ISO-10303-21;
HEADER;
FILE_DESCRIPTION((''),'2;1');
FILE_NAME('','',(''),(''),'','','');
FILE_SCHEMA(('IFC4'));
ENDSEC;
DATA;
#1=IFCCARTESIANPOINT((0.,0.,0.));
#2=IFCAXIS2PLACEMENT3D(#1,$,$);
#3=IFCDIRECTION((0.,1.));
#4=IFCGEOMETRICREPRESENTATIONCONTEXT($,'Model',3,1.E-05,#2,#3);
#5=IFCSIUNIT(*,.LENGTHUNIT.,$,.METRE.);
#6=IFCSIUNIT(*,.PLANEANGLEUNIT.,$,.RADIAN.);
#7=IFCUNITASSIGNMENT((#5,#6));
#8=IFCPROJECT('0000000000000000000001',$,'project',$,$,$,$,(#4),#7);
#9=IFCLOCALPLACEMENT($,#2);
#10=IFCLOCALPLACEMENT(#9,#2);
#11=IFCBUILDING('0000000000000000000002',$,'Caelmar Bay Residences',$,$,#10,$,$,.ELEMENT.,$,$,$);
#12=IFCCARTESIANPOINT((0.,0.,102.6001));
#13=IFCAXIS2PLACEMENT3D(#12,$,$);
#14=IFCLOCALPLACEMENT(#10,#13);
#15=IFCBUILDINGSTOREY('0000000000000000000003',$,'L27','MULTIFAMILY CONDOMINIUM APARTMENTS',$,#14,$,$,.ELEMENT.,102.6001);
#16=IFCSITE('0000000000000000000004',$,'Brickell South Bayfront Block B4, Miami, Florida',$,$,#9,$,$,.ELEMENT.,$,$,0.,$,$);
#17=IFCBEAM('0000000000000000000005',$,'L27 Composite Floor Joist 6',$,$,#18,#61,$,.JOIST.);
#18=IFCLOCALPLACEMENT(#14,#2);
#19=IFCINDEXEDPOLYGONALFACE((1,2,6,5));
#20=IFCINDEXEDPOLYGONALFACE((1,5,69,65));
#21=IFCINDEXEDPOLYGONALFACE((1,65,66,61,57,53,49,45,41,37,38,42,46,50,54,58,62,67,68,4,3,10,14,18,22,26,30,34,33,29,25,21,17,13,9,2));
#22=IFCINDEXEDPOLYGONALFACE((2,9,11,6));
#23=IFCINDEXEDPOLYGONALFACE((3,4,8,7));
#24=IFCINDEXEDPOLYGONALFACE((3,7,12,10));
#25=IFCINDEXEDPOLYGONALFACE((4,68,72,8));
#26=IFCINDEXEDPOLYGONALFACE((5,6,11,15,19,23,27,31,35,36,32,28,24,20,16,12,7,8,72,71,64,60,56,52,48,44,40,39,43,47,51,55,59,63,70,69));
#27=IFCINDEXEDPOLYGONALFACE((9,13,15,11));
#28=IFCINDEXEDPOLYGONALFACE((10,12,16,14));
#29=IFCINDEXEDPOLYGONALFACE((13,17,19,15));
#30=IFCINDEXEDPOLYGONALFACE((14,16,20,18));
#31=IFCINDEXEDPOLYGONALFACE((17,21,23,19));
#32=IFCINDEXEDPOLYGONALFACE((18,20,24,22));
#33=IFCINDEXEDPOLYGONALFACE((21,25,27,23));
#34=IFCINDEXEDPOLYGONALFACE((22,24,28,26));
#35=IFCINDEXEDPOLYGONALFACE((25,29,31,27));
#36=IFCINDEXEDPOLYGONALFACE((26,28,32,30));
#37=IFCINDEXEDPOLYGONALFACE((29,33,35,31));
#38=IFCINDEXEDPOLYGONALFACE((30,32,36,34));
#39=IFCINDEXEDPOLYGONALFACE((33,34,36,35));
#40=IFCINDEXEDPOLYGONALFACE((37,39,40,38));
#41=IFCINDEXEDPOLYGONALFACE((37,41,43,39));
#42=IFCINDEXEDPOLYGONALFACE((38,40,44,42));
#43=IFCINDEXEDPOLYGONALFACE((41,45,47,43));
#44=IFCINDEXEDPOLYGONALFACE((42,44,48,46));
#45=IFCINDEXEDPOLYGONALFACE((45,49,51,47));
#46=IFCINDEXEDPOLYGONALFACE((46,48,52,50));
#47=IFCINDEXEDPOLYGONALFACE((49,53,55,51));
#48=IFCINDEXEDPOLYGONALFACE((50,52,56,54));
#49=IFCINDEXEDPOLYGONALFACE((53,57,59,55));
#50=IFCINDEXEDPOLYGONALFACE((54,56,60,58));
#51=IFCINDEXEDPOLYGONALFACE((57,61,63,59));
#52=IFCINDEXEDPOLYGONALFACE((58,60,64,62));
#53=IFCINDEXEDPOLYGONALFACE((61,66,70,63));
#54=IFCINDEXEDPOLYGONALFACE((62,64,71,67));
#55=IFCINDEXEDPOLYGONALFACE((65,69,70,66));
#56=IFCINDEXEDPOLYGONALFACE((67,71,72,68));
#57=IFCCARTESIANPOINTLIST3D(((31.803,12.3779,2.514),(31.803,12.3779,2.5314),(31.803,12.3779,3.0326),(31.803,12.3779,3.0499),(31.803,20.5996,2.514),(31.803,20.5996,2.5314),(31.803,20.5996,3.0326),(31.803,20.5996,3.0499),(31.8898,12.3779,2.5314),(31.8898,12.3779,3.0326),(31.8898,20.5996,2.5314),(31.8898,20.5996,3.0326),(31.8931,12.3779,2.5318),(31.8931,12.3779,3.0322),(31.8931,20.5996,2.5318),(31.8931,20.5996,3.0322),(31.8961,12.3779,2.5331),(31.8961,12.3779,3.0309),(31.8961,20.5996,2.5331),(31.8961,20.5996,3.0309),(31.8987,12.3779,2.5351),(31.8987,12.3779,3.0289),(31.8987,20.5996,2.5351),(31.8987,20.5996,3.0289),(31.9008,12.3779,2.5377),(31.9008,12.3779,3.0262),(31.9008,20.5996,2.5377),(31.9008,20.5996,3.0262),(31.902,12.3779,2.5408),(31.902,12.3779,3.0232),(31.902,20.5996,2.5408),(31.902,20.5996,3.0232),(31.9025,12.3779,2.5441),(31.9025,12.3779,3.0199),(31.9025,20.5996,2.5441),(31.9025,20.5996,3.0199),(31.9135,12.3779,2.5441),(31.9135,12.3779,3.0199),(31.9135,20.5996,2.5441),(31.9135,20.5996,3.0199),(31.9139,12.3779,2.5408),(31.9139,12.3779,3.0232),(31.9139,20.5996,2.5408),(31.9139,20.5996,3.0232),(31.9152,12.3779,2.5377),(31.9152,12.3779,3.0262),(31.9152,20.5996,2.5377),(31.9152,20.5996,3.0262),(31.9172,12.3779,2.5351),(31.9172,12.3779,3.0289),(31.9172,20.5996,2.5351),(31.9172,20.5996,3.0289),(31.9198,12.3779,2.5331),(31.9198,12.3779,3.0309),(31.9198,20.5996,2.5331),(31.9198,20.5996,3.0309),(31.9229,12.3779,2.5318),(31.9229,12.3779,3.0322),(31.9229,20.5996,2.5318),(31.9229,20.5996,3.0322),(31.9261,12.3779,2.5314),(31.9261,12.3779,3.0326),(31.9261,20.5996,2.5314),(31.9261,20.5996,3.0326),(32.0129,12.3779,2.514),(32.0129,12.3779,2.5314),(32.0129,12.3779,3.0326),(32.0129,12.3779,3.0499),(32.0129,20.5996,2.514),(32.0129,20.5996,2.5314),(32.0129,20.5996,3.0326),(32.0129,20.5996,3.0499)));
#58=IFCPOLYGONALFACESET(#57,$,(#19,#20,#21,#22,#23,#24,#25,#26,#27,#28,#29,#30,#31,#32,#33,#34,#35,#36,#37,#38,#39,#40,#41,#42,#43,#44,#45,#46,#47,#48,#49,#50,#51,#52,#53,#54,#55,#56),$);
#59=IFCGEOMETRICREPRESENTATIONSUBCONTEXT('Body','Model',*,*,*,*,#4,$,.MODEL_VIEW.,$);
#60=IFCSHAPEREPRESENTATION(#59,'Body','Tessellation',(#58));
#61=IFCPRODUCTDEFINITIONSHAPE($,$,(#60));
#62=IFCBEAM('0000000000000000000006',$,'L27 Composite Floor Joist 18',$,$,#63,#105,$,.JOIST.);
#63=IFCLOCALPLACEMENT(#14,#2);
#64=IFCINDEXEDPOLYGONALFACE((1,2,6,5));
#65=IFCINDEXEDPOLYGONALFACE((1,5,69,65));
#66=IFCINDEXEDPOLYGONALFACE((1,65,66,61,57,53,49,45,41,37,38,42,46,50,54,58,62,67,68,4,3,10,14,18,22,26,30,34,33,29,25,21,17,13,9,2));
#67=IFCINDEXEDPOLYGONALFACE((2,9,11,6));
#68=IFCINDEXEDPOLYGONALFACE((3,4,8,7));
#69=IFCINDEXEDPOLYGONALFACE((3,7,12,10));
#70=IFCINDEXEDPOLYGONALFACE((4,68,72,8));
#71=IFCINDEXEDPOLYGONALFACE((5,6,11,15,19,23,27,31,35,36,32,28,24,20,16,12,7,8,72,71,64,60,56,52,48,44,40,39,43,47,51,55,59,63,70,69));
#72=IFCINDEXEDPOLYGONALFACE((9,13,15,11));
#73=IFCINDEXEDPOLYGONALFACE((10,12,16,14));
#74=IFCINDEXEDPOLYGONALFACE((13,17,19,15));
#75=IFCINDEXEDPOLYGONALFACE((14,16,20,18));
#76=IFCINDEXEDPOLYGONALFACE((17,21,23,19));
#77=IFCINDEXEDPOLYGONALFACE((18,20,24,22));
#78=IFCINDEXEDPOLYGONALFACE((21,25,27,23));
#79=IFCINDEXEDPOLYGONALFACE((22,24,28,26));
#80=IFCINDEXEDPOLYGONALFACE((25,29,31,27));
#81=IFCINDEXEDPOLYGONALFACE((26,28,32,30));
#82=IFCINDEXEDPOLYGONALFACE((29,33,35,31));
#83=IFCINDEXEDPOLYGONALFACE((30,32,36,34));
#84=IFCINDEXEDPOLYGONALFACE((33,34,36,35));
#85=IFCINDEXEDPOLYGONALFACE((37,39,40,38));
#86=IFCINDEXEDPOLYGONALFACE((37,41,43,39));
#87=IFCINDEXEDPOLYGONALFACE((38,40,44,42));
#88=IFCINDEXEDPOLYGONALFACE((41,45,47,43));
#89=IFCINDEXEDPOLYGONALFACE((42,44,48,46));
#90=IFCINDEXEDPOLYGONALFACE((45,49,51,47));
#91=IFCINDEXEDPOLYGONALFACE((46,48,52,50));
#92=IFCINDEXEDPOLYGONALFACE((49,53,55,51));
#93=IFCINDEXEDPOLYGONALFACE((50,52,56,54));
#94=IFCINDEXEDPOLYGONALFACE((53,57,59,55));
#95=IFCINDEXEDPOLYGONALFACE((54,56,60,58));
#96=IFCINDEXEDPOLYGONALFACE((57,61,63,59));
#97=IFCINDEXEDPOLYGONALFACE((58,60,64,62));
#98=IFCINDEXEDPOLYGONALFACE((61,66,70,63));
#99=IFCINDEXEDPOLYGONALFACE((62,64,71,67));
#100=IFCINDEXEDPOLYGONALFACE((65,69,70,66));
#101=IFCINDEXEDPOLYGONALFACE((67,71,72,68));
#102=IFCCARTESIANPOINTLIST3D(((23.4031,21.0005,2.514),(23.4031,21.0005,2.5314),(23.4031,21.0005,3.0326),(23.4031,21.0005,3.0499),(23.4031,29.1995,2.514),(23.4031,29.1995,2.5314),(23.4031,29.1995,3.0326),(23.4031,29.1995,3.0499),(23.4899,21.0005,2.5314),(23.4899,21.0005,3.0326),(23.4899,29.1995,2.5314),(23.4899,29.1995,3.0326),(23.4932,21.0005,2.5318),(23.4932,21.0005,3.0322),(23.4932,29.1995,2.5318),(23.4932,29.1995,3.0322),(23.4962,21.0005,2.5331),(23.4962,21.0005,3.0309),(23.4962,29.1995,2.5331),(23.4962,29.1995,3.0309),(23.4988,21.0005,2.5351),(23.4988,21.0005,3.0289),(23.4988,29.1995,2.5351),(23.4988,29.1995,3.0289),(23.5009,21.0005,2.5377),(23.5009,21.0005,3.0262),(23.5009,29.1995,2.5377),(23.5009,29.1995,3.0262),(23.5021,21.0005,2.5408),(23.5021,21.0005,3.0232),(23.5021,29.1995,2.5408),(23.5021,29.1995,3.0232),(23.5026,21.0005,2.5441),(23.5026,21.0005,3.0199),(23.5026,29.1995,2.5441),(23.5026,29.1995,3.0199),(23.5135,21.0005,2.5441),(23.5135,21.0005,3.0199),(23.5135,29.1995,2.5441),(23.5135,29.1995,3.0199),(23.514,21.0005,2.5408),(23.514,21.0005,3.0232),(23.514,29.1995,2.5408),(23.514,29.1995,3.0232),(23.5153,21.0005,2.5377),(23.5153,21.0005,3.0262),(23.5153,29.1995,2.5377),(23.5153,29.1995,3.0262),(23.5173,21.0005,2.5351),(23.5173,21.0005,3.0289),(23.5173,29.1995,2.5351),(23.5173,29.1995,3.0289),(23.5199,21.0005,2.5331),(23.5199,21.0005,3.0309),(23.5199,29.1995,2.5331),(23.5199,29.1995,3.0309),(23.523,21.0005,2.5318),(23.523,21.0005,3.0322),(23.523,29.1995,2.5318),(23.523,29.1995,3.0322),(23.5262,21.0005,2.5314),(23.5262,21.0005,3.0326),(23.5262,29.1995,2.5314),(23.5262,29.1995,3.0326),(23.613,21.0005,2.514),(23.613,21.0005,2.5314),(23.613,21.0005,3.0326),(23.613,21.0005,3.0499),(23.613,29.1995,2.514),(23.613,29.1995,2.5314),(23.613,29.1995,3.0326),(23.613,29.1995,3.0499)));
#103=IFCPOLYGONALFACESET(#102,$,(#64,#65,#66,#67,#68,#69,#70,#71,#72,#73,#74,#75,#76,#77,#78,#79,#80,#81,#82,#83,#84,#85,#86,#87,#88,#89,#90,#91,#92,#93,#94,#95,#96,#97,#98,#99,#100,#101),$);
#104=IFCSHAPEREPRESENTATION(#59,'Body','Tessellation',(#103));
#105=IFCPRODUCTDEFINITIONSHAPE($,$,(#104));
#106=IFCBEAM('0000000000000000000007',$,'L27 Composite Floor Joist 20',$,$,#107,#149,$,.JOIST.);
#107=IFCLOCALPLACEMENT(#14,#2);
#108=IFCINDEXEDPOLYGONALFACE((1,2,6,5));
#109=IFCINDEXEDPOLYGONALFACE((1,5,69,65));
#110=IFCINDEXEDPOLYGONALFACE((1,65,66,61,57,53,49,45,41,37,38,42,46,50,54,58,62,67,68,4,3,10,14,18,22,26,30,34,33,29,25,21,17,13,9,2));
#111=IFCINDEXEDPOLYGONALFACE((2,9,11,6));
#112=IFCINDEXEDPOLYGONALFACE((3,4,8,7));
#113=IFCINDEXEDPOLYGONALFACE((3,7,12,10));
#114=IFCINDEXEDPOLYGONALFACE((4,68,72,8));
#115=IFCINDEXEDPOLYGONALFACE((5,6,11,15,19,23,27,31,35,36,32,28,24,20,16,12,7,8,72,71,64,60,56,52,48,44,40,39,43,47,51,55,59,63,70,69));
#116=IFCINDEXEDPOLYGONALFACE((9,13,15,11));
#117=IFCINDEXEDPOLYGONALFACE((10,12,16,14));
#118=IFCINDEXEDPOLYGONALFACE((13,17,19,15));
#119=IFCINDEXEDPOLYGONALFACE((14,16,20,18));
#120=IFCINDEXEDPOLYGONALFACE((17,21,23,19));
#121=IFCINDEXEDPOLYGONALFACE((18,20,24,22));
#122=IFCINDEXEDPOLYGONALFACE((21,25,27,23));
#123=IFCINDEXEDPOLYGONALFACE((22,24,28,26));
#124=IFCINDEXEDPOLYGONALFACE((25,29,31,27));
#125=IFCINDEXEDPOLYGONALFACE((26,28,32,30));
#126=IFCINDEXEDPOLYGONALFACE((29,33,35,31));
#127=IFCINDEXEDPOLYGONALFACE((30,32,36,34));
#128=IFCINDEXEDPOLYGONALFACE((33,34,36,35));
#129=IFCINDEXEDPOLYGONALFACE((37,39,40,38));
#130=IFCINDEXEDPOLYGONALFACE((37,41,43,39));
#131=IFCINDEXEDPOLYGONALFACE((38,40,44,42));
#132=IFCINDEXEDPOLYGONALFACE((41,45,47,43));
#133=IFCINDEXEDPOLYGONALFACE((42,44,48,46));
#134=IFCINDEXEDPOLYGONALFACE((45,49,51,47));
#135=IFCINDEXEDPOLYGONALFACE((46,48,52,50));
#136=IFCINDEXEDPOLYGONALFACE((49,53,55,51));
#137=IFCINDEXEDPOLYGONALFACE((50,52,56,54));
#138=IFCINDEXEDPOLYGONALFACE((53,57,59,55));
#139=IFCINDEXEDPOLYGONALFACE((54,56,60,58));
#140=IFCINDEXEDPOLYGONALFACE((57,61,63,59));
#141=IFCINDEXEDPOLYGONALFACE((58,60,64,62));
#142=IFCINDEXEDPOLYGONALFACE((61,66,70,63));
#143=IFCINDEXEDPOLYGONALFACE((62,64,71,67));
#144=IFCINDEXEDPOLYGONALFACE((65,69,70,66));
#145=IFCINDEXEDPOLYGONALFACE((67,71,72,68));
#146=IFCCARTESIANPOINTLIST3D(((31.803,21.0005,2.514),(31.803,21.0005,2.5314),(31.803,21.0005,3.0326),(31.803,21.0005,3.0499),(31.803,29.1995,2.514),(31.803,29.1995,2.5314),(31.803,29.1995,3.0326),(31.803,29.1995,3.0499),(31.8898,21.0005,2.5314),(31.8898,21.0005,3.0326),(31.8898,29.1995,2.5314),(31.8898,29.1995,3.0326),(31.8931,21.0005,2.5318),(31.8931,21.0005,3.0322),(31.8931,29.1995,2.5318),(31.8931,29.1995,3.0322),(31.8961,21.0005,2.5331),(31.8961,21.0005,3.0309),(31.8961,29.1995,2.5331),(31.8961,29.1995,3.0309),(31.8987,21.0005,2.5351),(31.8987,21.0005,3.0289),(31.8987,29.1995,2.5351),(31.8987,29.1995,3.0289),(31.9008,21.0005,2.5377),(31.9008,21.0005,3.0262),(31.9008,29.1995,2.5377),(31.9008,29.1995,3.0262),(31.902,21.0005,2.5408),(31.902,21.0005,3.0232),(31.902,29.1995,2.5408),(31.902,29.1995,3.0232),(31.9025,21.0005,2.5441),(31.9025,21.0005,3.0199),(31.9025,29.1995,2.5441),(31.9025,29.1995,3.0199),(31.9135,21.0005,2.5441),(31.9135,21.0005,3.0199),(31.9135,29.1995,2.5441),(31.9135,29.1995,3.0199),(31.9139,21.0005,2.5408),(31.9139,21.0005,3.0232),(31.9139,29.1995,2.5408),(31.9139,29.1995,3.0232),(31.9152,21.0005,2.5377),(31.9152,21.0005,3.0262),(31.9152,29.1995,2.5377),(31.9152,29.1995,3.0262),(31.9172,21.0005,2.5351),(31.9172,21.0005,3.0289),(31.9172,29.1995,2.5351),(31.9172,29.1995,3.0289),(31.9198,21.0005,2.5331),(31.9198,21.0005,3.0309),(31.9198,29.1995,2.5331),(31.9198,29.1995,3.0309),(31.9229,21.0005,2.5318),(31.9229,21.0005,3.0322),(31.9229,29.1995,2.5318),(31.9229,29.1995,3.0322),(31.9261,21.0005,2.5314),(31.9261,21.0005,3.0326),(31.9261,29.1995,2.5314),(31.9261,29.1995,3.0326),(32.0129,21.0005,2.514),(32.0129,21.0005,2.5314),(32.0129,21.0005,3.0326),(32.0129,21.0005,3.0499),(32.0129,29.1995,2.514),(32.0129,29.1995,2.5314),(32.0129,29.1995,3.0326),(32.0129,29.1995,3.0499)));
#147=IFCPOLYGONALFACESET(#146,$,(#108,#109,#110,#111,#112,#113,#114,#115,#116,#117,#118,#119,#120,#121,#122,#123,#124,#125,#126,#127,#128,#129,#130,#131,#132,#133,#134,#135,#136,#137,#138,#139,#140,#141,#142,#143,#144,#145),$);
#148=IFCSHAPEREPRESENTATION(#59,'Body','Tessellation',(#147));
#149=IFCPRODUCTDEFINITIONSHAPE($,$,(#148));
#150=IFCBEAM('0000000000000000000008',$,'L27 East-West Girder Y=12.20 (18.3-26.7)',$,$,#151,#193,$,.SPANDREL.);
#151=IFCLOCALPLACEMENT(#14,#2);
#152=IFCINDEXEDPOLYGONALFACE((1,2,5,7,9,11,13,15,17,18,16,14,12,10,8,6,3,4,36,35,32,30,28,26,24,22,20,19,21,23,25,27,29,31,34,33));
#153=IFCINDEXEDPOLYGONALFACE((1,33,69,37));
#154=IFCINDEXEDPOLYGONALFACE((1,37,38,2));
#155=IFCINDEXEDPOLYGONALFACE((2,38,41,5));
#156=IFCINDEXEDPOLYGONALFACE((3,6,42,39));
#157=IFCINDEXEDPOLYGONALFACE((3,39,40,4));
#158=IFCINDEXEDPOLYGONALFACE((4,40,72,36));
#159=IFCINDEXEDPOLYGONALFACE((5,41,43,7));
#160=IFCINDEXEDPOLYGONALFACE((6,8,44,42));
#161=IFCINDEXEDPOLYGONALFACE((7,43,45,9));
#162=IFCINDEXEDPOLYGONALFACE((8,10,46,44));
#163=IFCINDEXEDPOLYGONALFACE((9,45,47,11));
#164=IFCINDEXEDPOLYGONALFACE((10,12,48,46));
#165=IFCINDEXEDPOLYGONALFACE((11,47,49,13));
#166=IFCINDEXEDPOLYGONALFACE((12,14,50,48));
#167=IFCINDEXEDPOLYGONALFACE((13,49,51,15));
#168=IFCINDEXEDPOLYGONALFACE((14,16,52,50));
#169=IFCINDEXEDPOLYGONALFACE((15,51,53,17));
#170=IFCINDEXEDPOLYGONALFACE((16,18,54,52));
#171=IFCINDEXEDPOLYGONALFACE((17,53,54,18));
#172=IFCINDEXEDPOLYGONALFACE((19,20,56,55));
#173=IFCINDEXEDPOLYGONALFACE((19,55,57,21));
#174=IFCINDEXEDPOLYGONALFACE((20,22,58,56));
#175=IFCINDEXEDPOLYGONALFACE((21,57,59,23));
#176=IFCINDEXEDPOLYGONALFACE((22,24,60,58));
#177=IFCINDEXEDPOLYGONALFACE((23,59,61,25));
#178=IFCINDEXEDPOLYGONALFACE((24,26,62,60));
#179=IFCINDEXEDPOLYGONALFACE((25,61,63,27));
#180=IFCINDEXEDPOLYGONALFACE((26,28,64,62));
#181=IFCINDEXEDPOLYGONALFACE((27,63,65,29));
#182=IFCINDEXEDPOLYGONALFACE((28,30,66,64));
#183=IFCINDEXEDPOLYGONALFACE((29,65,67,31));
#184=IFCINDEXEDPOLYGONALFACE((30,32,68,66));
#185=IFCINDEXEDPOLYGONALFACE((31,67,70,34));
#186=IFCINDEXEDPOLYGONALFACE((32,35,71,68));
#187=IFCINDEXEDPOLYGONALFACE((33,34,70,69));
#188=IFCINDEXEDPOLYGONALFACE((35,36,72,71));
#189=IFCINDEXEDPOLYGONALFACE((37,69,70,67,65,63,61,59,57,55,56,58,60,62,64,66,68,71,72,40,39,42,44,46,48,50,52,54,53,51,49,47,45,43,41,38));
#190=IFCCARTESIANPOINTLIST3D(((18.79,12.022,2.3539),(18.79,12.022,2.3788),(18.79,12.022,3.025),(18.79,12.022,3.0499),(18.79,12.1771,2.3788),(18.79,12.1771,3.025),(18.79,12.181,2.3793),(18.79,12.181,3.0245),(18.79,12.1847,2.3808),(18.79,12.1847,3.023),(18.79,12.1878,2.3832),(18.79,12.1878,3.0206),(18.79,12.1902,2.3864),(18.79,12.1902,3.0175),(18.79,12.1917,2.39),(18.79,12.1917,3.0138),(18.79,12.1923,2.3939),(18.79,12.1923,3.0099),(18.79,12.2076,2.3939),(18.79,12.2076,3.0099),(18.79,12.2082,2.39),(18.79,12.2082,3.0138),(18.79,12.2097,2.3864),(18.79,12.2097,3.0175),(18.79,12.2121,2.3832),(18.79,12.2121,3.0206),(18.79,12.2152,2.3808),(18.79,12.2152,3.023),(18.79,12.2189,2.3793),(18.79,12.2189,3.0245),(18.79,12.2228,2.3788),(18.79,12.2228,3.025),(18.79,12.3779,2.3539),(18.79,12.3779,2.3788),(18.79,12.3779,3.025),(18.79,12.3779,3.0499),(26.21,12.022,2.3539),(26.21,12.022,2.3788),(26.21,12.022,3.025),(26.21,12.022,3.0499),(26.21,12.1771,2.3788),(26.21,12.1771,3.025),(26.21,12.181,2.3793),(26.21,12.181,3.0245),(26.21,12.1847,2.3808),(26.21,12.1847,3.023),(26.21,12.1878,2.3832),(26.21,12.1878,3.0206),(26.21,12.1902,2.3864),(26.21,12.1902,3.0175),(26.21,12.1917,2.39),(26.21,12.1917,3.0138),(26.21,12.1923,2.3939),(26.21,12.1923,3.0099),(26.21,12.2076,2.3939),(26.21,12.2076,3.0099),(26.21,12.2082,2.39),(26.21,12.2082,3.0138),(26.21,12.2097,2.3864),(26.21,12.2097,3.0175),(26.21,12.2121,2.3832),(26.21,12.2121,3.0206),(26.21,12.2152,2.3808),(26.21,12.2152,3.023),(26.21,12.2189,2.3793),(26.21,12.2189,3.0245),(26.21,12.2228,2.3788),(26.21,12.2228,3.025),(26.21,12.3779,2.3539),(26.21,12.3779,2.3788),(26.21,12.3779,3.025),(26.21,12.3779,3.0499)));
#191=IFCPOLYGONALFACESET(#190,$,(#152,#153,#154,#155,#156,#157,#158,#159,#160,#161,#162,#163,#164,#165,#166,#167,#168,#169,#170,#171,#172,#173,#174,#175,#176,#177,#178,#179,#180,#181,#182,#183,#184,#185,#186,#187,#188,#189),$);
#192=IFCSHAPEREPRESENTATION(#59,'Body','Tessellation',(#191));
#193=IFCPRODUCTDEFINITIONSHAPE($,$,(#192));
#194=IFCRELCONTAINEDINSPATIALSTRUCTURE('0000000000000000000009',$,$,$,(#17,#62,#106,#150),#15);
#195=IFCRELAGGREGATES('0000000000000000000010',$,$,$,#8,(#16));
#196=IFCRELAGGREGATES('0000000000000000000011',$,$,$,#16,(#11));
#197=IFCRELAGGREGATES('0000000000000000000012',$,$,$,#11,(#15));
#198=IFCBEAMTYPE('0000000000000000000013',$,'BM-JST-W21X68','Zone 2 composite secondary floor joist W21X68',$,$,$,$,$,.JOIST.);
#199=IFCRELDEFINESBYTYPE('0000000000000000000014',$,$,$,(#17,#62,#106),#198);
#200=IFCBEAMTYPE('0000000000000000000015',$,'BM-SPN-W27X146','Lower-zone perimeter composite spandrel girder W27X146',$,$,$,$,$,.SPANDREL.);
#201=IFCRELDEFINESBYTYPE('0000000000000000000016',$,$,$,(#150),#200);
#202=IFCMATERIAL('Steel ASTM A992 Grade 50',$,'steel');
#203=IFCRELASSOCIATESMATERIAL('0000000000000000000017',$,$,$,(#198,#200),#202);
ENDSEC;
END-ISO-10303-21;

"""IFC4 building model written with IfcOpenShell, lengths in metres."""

from ifc_helpers import new_model, si_unit, direction, frame, origin, origin_2d, place, context, subcontext, project, spatial, i_section, extrude, material, material_profile, profile_set, type_object, element, save


model = new_model("IFC4")

# Units and contexts
model_context = context("Model", 3, precision=1e-05, world=origin(), true_north=direction((0.0, 1.0)))
body_context = subcontext(model_context, "Body", "Model", "MODEL_VIEW")
ifc_project = project(units=[si_unit("LENGTHUNIT", "METRE"), si_unit("PLANEANGLEUNIT", "RADIAN")], contexts=[model_context])

# Site, building, storey
site_placement = place(None, origin())
site = spatial("IfcSite", under=ifc_project, at=site_placement, Name="Brickell South Bayfront Block B4, Miami, Florida", CompositionType="ELEMENT", RefElevation=0.0)
building_placement = place(site_placement, origin())
building = spatial("IfcBuilding", under=site, at=building_placement, Name="Caelmar Bay Residences", CompositionType="ELEMENT")
storey_placement = place(building_placement, frame((0.0, 0.0, 102.6001)))
storey = spatial("IfcBuildingStorey", under=building, at=storey_placement, Name="L27", Description="MULTIFAMILY CONDOMINIUM APARTMENTS", CompositionType="ELEMENT", Elevation=102.6001)

# Beams
ifc_material_1 = material(Name="Steel ASTM A992 Grade 50", Category="steel")
ifc_material_profile_1 = material_profile(ifc_material_1, i_section(OverallWidth=0.21, OverallDepth=0.5359, WebThickness=0.011, FlangeThickness=0.0173, FilletRadius=0.0127, at=origin_2d()), Name="W21X68")
ifc_profile_set_1 = profile_set([ifc_material_profile_1], Name="Steel ASTM A992 Grade 50")
beam_type_1 = type_object("IfcBeamType", Name="BM-JST-W21X68", Description="Zone 2 composite secondary floor joist W21X68", PredefinedType="JOIST", material=ifc_profile_set_1)
for number, where, z_axis, x_axis, name in (
    (1, (31.908, 12.3779, 2.782), (0.0, 1.0, 0.0), (-1.0, 0.0, 0.0), "L27 Composite Floor Joist 6"),
):
    element("IfcBeam", number, at=place(storey_placement, frame(where, z_axis=z_axis, x_axis=x_axis)), inside=storey, type_object=beam_type_1, Name=name, PredefinedType="JOIST", context=body_context, shape_type="SweptSolid", body=[
        extrude(i_section(OverallWidth=0.21, OverallDepth=0.5359, WebThickness=0.011, FlangeThickness=0.0173, FilletRadius=0.0127, at=origin_2d()), origin(), (0.0, 0.0, 1.0), 8.2217),
    ])
for number, where, z_axis, x_axis, name in (
    (2, (23.5081, 21.0005, 2.782), (0.0, 1.0, 0.0), (-1.0, 0.0, 0.0), "L27 Composite Floor Joist 18"),
    (3, (31.908, 21.0005, 2.782), (0.0, 1.0, 0.0), (-1.0, 0.0, 0.0), "L27 Composite Floor Joist 20"),
):
    element("IfcBeam", number, at=place(storey_placement, frame(where, z_axis=z_axis, x_axis=x_axis)), inside=storey, type_object=beam_type_1, Name=name, PredefinedType="JOIST", context=body_context, shape_type="SweptSolid", body=[
        extrude(i_section(OverallWidth=0.21, OverallDepth=0.5359, WebThickness=0.011, FlangeThickness=0.0173, FilletRadius=0.0127, at=origin_2d()), origin(), (0.0, 0.0, 1.0), 8.199),
    ])
ifc_material_profile_2 = material_profile(ifc_material_1, i_section(OverallWidth=0.356, OverallDepth=0.696, WebThickness=0.0154, FlangeThickness=0.0249, FilletRadius=0.0151, at=origin_2d()), Name="W27X146")
ifc_profile_set_2 = profile_set([ifc_material_profile_2], Name="Steel ASTM A992 Grade 50")
beam_type_2 = type_object("IfcBeamType", Name="BM-SPN-W27X146", Description="Lower-zone perimeter composite spandrel girder W27X146", PredefinedType="SPANDREL", material=ifc_profile_set_2)
beam_1_placement = place(storey_placement, frame((18.79, 12.2, 2.7019), z_axis=(1.0, 0.0, 0.0), x_axis=(0.0, 1.0, 0.0)))
element("IfcBeam", 4, at=beam_1_placement, inside=storey, type_object=beam_type_2, Name="L27 East-West Girder Y=12.20 (18.3-26.7)", PredefinedType="SPANDREL", context=body_context, shape_type="SweptSolid", body=[
    extrude(i_section(OverallWidth=0.356, OverallDepth=0.696, WebThickness=0.0154, FlangeThickness=0.0249, FilletRadius=0.0151, at=origin_2d()), origin(), (0.0, 0.0, 1.0), 7.4199),
])

save(model, "model.ifc")
